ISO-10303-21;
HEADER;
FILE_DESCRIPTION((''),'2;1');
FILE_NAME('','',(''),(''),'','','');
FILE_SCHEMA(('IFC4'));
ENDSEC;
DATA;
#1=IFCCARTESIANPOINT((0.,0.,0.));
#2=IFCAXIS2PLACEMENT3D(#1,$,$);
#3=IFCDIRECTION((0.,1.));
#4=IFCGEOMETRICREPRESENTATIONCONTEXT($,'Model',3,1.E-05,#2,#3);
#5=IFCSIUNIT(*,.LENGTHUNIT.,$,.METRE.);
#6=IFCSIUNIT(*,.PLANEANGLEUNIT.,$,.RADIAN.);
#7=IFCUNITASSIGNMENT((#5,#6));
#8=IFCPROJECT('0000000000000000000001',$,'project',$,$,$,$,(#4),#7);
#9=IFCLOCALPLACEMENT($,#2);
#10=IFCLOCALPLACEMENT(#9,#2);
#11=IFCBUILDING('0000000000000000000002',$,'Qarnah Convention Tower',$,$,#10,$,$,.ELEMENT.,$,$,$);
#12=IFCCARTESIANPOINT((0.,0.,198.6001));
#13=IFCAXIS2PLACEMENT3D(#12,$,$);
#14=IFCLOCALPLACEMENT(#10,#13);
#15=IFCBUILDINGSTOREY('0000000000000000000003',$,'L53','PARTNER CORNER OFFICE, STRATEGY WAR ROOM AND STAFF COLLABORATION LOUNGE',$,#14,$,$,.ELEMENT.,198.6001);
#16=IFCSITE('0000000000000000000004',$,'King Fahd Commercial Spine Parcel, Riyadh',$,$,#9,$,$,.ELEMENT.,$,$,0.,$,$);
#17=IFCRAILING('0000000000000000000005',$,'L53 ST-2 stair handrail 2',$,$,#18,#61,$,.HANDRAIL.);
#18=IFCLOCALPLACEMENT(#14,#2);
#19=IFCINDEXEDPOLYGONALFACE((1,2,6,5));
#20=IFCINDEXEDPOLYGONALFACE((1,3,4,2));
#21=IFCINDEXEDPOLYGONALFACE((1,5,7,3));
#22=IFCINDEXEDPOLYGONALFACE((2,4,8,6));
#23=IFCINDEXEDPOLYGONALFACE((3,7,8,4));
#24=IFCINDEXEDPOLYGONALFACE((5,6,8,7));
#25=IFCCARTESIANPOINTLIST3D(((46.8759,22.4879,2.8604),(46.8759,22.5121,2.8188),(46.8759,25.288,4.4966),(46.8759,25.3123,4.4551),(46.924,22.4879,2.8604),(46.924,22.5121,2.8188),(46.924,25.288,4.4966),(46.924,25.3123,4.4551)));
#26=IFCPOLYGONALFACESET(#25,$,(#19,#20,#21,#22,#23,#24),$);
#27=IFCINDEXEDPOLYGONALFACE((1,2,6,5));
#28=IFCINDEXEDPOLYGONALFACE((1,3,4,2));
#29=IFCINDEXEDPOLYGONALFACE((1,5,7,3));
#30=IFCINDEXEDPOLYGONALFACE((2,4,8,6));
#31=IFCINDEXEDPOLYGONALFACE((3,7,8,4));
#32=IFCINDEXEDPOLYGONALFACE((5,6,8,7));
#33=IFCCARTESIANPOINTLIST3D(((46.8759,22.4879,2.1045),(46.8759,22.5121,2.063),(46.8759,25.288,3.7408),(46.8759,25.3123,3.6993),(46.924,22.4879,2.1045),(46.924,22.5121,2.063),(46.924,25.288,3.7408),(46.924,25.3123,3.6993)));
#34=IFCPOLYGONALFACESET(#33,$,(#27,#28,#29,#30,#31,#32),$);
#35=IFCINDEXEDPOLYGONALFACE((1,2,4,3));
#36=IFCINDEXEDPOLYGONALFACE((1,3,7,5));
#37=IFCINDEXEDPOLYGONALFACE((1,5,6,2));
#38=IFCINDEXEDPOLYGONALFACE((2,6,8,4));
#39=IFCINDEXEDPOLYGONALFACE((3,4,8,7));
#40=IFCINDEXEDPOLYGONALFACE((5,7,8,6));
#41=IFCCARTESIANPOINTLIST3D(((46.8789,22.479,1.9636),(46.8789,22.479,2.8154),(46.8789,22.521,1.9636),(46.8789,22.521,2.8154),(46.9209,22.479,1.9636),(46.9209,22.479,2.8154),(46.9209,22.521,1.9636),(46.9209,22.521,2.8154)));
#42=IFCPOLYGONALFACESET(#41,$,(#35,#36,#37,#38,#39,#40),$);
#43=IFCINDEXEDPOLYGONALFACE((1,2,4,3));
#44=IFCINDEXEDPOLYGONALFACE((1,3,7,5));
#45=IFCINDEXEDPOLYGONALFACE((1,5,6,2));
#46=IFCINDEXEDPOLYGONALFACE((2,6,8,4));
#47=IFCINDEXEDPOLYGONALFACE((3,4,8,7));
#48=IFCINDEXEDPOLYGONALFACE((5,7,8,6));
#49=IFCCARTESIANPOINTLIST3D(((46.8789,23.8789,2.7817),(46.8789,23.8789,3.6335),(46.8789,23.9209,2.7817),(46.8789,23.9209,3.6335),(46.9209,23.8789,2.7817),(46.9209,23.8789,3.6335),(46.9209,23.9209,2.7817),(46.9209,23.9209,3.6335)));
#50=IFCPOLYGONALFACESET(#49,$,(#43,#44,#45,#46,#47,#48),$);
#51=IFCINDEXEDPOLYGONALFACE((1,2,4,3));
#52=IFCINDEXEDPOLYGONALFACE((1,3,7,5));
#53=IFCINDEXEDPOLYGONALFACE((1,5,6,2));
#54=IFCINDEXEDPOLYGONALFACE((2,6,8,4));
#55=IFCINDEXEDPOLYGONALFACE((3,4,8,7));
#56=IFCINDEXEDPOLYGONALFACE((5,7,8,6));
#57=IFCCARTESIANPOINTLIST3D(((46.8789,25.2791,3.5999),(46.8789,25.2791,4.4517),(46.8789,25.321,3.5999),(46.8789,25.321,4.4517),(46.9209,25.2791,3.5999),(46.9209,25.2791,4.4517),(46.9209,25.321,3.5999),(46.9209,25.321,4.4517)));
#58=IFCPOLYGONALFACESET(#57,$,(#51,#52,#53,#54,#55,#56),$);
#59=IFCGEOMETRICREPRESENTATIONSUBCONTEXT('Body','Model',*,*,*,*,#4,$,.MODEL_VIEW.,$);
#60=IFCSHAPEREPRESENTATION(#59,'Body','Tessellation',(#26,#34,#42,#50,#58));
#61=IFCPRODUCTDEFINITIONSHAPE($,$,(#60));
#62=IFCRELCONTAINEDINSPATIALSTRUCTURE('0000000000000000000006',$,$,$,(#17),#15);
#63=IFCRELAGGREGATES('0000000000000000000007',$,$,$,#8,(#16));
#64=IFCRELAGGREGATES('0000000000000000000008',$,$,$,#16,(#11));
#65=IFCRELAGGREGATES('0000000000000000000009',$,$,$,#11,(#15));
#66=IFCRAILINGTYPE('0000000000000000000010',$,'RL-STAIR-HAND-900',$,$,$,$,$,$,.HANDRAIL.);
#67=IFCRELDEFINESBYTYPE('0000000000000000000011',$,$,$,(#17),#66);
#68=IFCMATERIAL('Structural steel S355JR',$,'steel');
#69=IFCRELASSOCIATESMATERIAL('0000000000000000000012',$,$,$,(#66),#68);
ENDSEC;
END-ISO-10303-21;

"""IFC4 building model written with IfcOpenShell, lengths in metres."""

from ifc_helpers import new_model, si_unit, direction, frame, origin, origin_2d, place, context, subcontext, project, spatial, rectangle, extrude, material, type_object, element, save


model = new_model("IFC4")

# Units and contexts
model_context = context("Model", 3, precision=1e-05, world=origin(), true_north=direction((0.0, 1.0)))
body_context = subcontext(model_context, "Body", "Model", "MODEL_VIEW")
ifc_project = project(units=[si_unit("LENGTHUNIT", "METRE"), si_unit("PLANEANGLEUNIT", "RADIAN")], contexts=[model_context])

# Site, building, storey
site_placement = place(None, origin())
site = spatial("IfcSite", under=ifc_project, at=site_placement, Name="King Fahd Commercial Spine Parcel, Riyadh", CompositionType="ELEMENT", RefElevation=0.0)
building_placement = place(site_placement, origin())
building = spatial("IfcBuilding", under=site, at=building_placement, Name="Qarnah Convention Tower", CompositionType="ELEMENT")
storey_placement = place(building_placement, frame((0.0, 0.0, 198.6001)))
storey = spatial("IfcBuildingStorey", under=building, at=storey_placement, Name="L53", Description="PARTNER CORNER OFFICE, STRATEGY WAR ROOM AND STAFF COLLABORATION LOUNGE", CompositionType="ELEMENT", Elevation=198.6001)

# Shared definitions
ifc_material_1 = material(Name="Structural steel S355JR", Category="steel")

# Railing
railing_type_1 = type_object("IfcRailingType", Name="RL-STAIR-HAND-900", PredefinedType="HANDRAIL", material=ifc_material_1)
railing_1_placement = place(storey_placement, frame((46.8999, 22.5, 1.9636)))
element("IfcRailing", 1, at=railing_1_placement, inside=storey, type_object=railing_type_1, Name="L53 ST-2 stair handrail 2", PredefinedType="HANDRAIL", context=body_context, shape_type="SweptSolid", body=[
    extrude(rectangle(XDim=0.0481, YDim=0.0481, at=origin_2d()), frame((0.0, 0.0, 0.876), z_axis=(0.0, 0.863394, 0.504531), x_axis=(-1.0, 0.0, 0.0)), (0.0, 0.0, 1.0), 3.2432),
    extrude(rectangle(XDim=0.0481, YDim=0.0481, at=origin_2d()), frame((0.0, 0.0, 0.1201), z_axis=(0.0, 0.863394, 0.504531), x_axis=(-1.0, 0.0, 0.0)), (0.0, 0.0, 1.0), 3.2432),
    extrude(rectangle(XDim=0.042, YDim=0.042, at=origin_2d()), origin(), (0.0, 0.0, 1.0), 0.8518),
    extrude(rectangle(XDim=0.042, YDim=0.042, at=origin_2d()), frame((0.0, 1.3999, 0.8181)), (0.0, 0.0, 1.0), 0.8518),
    extrude(rectangle(XDim=0.042, YDim=0.042, at=origin_2d()), frame((0.0, 2.8, 1.6362)), (0.0, 0.0, 1.0), 0.8518),
])

save(model, "model.ifc")
